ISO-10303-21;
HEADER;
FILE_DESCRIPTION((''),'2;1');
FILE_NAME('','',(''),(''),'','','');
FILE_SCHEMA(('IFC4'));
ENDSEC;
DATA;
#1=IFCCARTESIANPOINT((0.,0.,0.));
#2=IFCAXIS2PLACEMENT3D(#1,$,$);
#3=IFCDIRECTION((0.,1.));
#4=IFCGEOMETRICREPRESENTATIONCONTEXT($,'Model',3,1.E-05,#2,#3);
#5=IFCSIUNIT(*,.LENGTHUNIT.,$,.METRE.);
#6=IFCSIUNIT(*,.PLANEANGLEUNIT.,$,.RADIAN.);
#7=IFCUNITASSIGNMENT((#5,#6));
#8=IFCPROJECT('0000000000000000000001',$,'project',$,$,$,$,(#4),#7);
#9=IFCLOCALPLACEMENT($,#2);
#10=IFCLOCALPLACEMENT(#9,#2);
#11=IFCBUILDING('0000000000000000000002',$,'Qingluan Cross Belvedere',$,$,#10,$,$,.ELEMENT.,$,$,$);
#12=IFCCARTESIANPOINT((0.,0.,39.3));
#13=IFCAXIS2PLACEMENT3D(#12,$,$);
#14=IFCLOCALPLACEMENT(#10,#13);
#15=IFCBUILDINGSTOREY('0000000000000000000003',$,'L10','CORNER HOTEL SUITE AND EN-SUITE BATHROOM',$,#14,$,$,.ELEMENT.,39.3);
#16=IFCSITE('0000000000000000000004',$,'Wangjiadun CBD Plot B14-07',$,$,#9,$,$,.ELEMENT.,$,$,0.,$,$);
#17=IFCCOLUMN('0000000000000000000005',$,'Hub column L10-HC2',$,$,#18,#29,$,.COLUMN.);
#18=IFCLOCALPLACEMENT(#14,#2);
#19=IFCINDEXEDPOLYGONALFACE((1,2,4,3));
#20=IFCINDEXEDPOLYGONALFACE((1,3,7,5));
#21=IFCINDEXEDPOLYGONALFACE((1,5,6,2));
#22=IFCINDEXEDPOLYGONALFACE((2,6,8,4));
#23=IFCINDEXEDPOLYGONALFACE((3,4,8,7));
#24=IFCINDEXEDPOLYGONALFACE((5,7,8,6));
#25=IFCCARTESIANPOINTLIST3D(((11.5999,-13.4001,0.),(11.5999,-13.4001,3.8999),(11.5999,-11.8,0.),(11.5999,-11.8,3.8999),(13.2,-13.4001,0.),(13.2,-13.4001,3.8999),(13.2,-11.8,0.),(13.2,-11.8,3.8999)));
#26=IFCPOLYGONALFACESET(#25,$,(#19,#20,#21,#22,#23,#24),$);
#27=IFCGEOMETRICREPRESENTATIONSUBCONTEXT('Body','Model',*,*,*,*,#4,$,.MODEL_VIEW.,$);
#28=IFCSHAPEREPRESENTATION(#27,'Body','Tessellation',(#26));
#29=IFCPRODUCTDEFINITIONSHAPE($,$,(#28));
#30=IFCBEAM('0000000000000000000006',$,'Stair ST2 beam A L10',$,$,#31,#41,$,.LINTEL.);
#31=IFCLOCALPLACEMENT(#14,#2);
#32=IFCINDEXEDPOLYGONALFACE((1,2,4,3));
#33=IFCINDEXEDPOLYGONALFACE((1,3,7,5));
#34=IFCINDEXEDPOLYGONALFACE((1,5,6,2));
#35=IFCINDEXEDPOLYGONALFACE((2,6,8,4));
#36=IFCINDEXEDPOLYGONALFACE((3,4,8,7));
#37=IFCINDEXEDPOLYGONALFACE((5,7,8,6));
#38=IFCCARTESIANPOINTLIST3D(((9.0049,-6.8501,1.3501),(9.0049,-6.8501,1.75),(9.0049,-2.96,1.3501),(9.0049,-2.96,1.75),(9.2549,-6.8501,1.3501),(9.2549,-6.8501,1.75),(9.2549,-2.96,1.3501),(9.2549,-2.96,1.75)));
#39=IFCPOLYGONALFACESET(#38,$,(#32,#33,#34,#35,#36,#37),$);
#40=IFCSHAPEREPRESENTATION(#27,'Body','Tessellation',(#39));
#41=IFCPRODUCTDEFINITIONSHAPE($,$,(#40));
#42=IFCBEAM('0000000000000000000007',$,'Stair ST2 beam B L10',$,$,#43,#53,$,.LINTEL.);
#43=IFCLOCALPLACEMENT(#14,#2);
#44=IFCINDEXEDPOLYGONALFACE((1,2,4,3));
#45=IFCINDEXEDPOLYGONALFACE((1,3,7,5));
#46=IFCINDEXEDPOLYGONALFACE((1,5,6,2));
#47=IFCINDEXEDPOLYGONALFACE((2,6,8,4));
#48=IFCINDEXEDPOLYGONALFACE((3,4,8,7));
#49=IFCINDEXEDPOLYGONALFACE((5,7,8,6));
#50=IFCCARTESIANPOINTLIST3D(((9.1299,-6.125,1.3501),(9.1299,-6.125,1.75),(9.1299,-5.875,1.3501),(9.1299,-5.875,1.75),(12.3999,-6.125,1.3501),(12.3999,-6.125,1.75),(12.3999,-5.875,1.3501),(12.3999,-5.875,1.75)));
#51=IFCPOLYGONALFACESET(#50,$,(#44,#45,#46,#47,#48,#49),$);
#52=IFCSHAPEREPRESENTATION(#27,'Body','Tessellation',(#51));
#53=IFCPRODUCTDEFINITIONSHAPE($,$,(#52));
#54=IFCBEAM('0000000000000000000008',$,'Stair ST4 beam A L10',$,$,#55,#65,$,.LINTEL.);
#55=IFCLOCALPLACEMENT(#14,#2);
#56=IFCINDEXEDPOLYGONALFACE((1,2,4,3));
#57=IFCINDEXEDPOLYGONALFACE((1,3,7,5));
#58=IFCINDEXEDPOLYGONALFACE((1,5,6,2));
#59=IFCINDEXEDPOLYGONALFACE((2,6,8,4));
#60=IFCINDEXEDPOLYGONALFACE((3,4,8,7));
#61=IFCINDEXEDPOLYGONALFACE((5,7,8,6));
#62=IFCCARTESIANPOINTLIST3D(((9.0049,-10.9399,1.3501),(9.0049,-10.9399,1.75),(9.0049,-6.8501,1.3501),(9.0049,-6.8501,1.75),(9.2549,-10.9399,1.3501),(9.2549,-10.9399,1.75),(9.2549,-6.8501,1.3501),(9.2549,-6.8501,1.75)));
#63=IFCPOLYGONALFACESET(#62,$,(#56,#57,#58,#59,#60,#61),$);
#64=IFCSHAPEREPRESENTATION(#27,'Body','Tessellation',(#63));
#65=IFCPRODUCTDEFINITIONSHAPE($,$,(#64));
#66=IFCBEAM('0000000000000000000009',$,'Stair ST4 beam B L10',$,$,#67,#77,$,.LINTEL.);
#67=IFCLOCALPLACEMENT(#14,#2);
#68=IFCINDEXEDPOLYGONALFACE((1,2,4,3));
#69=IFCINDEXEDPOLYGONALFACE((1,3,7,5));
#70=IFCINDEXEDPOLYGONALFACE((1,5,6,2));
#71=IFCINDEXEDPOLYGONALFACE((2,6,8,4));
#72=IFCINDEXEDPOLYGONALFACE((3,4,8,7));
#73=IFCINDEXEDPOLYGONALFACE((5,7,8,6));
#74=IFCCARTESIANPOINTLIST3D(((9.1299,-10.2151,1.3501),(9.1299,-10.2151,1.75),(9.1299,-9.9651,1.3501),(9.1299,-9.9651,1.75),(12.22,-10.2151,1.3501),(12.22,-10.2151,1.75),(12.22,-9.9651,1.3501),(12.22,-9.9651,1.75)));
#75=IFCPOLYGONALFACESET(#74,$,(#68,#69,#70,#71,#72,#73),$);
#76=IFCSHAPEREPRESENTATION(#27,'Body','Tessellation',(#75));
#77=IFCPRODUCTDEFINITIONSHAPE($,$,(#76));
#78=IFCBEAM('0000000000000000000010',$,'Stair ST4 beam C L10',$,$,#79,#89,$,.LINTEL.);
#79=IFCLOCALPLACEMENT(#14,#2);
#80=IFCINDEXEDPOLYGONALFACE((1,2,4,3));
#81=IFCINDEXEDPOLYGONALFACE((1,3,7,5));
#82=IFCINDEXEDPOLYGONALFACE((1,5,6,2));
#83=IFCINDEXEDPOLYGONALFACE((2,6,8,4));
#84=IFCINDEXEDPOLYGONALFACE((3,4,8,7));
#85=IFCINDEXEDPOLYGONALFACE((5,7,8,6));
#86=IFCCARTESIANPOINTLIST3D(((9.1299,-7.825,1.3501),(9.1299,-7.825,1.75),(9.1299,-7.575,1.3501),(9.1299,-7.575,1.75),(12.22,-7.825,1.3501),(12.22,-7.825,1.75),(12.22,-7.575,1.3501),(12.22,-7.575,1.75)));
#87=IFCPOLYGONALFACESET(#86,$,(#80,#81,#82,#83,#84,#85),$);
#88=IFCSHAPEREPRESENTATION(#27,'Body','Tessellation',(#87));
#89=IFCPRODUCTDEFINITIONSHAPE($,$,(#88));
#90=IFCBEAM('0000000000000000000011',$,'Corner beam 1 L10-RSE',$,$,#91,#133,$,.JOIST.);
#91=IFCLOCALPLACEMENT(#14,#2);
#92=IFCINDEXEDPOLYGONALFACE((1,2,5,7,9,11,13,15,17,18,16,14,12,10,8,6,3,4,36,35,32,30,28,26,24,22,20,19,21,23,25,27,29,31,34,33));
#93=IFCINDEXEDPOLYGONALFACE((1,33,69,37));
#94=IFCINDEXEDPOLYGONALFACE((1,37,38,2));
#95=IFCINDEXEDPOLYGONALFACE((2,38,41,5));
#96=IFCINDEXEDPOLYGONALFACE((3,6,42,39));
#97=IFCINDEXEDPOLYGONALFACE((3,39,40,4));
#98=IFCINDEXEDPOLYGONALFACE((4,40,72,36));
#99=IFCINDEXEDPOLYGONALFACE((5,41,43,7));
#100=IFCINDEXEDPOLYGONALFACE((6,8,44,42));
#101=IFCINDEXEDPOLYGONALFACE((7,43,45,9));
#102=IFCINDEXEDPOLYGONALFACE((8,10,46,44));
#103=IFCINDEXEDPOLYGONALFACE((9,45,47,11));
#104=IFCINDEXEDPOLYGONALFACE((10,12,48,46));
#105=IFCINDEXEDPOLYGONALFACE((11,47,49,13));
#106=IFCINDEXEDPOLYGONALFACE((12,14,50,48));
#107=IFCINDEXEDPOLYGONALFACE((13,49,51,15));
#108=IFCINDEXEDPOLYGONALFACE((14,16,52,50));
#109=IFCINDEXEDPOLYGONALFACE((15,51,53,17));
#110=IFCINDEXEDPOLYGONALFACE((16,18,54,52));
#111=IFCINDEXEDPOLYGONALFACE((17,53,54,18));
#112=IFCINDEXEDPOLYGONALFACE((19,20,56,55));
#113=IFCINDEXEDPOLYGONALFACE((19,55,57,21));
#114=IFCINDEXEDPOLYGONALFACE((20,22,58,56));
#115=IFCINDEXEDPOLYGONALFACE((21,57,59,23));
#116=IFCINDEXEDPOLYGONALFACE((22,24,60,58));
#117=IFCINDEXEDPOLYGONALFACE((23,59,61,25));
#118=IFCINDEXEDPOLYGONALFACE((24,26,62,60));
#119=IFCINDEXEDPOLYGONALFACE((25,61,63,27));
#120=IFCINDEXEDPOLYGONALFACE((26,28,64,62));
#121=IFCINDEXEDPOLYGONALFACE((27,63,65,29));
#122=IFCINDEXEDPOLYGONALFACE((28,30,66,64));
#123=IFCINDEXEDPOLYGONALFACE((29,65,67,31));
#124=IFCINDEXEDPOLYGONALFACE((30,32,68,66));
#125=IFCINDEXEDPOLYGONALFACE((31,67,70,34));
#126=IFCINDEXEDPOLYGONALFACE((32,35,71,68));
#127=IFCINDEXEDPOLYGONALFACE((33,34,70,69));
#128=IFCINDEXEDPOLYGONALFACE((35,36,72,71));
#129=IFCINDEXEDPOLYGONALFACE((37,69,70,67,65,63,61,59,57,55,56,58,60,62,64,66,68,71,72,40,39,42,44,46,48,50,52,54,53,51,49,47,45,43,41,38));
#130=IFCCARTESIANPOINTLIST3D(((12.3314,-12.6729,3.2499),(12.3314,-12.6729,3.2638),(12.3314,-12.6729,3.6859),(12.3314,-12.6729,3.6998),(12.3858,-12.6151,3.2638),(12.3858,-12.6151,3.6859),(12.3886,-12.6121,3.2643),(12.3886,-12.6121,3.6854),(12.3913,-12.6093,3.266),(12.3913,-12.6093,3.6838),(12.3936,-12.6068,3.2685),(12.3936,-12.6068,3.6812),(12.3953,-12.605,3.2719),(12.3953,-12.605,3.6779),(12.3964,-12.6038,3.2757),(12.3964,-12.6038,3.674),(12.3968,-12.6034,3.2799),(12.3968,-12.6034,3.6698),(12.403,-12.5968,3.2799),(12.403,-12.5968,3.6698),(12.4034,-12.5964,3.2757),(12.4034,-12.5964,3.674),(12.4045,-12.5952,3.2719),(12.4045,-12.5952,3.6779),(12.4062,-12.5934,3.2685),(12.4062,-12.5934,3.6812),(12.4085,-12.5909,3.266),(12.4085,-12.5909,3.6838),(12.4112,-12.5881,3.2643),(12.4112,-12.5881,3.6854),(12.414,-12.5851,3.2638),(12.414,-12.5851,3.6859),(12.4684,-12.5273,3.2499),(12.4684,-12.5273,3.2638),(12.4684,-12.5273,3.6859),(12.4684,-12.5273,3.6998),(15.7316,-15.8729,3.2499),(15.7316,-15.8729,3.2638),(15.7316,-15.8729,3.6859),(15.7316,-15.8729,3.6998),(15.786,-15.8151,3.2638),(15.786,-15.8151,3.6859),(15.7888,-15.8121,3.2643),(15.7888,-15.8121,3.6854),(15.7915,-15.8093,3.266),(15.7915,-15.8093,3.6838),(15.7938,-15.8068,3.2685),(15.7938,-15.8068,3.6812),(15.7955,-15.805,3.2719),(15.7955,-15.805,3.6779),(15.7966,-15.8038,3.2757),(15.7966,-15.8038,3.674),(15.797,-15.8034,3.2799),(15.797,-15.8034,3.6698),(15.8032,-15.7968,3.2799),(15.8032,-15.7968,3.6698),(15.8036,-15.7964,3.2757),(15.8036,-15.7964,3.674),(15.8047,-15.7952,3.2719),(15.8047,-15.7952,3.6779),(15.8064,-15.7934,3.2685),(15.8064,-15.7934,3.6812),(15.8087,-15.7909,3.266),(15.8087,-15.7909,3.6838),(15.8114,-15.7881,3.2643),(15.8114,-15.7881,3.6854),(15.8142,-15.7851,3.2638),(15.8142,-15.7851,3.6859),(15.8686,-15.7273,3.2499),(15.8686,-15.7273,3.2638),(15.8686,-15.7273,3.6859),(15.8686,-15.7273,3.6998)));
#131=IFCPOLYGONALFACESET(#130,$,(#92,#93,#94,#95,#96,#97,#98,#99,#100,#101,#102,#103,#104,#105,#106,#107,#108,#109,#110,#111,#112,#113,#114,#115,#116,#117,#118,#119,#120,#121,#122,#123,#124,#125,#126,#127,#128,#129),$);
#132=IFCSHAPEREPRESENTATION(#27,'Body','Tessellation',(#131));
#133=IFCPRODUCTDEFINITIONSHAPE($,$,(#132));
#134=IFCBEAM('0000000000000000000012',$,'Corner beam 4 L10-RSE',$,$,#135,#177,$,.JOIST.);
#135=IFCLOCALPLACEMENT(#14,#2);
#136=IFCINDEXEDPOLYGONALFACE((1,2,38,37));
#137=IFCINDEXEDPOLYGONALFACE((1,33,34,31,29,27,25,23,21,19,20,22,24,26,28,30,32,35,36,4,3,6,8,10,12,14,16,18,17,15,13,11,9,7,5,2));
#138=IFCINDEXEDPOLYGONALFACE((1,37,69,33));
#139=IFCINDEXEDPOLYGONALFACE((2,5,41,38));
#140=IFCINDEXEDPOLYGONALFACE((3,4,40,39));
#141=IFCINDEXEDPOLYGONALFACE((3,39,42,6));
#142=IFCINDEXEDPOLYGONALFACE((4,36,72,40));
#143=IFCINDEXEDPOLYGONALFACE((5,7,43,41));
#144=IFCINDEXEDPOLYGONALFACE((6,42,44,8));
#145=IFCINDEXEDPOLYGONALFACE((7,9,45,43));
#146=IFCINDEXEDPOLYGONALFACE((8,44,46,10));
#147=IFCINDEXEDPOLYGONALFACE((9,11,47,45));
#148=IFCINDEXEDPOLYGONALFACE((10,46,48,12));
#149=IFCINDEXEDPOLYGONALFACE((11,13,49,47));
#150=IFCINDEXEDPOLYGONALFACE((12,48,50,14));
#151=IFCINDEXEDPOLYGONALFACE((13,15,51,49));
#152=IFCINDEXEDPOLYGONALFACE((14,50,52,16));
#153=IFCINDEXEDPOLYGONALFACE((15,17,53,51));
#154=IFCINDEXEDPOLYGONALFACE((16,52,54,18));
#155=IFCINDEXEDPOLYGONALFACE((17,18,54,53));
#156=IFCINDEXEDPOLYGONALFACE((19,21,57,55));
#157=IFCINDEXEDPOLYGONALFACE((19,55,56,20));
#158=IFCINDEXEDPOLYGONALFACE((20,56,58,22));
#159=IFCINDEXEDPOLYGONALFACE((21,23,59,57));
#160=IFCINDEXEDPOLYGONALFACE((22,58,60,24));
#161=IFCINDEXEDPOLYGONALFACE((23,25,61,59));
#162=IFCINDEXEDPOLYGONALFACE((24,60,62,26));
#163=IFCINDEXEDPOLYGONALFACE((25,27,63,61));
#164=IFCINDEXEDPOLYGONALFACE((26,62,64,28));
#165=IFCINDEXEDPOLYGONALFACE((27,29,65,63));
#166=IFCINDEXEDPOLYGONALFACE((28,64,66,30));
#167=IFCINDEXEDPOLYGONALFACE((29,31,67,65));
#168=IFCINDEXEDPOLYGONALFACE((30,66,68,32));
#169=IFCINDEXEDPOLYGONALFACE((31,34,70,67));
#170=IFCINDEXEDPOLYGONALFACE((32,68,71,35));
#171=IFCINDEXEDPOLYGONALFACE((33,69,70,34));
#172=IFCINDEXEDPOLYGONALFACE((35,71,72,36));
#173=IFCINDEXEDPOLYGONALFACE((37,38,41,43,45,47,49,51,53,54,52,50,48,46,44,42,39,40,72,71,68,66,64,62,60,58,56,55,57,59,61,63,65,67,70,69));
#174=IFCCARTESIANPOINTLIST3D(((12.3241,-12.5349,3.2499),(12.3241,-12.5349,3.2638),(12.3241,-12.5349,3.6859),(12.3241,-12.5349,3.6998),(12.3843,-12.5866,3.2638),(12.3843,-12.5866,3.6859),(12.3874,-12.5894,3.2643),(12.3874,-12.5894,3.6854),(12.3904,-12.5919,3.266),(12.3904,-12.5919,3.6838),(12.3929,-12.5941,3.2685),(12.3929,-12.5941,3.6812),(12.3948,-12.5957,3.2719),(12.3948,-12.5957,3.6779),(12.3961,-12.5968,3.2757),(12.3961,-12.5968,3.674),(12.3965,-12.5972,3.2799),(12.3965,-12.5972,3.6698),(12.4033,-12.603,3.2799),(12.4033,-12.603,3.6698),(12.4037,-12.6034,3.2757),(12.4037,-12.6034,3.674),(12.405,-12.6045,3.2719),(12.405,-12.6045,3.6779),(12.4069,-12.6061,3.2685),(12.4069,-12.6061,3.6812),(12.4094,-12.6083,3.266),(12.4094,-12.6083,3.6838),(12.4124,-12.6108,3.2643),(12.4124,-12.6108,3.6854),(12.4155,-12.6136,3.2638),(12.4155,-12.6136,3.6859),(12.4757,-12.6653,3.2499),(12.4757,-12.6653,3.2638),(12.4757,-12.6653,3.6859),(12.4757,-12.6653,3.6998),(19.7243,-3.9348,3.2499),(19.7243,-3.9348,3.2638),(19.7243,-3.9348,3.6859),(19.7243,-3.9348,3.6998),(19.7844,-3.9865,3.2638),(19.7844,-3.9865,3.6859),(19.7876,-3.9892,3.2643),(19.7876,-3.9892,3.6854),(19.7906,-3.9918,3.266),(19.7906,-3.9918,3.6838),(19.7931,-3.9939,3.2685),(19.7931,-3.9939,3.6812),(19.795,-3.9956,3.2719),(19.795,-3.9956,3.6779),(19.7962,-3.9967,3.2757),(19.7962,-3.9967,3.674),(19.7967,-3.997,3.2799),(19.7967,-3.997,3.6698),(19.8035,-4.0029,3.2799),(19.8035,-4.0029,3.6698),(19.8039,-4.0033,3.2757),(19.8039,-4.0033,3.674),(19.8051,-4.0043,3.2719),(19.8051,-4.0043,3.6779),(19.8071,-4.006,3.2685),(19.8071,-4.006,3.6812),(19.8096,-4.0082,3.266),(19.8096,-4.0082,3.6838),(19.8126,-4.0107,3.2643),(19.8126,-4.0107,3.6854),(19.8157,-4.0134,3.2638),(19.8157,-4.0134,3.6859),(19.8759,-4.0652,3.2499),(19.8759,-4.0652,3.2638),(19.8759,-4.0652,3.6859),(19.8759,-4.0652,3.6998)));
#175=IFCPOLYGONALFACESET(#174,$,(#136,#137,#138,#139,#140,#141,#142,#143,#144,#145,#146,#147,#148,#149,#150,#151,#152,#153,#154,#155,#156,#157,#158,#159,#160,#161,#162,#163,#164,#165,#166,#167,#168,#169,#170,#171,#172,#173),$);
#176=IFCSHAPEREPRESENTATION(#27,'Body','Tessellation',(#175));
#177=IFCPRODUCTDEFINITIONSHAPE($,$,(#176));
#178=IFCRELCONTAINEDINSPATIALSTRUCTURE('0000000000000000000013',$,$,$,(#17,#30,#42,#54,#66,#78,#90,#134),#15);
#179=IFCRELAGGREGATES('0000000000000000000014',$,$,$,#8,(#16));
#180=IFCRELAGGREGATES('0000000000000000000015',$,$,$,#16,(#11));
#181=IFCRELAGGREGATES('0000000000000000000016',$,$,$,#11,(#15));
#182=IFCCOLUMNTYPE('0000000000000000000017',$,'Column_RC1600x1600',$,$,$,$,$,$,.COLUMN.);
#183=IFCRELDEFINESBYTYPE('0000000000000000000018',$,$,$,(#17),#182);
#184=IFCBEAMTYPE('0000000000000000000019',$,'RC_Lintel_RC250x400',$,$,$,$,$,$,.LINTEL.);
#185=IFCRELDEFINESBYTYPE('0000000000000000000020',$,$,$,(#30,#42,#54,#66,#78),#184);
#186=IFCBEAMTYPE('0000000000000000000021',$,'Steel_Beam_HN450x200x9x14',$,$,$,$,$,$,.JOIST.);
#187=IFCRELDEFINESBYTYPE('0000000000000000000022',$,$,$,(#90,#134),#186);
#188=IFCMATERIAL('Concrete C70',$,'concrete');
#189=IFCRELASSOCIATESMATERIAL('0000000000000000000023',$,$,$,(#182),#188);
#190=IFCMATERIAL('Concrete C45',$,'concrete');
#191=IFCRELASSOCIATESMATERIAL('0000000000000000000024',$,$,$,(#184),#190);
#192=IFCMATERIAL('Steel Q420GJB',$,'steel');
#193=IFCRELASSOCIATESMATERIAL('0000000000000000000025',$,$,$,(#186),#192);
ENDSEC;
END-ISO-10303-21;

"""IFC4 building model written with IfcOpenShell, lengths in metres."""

from ifc_helpers import new_model, si_unit, direction, frame, origin, origin_2d, place, context, subcontext, project, spatial, rectangle, i_section, extrude, material, material_profile, profile_set, type_object, element, save


model = new_model("IFC4")

# Units and contexts
model_context = context("Model", 3, precision=1e-05, world=origin(), true_north=direction((0.0, 1.0)))
body_context = subcontext(model_context, "Body", "Model", "MODEL_VIEW")
ifc_project = project(units=[si_unit("LENGTHUNIT", "METRE"), si_unit("PLANEANGLEUNIT", "RADIAN")], contexts=[model_context])

# Site, building, storey
site_placement = place(None, origin())
site = spatial("IfcSite", under=ifc_project, at=site_placement, Name="Wangjiadun CBD Plot B14-07", CompositionType="ELEMENT", RefElevation=0.0)
building_placement = place(site_placement, origin())
building = spatial("IfcBuilding", under=site, at=building_placement, Name="Qingluan Cross Belvedere", CompositionType="ELEMENT")
storey_placement = place(building_placement, frame((0.0, 0.0, 39.3)))
storey = spatial("IfcBuildingStorey", under=building, at=storey_placement, Name="L10", Description="CORNER HOTEL SUITE AND EN-SUITE BATHROOM", CompositionType="ELEMENT", Elevation=39.3)

# Column
ifc_material_1 = material(Name="Concrete C70", Category="concrete")
ifc_material_profile_1 = material_profile(ifc_material_1, rectangle(XDim=1.6001, YDim=1.6001, at=origin_2d()), Name="RC1600x1600")
ifc_profile_set_1 = profile_set([ifc_material_profile_1], Name="Concrete C70")
column_type = type_object("IfcColumnType", Name="Column_RC1600x1600", PredefinedType="COLUMN", material=ifc_profile_set_1)
column_placement = place(storey_placement, frame((12.3999, -12.6001, 0.0), z_axis=(0.0, 0.0, 1.0), x_axis=(1.0, 0.0, 0.0)))
element("IfcColumn", 1, at=column_placement, inside=storey, type_object=column_type, Name="Hub column L10-HC2", PredefinedType="COLUMN", context=body_context, shape_type="SweptSolid", body=[
    extrude(rectangle(XDim=1.6001, YDim=1.6001, at=origin_2d()), origin(), (0.0, 0.0, 1.0), 3.8999),
])

# Beams
ifc_material_2 = material(Name="Concrete C45", Category="concrete")
ifc_material_profile_2 = material_profile(ifc_material_2, rectangle(XDim=0.25, YDim=0.3999, at=origin_2d()), Name="RC250x400")
ifc_profile_set_2 = profile_set([ifc_material_profile_2], Name="Concrete C45")
beam_type_1 = type_object("IfcBeamType", Name="RC_Lintel_RC250x400", PredefinedType="LINTEL", material=ifc_profile_set_2)
beam_1_placement = place(storey_placement, frame((9.1299, -6.8501, 1.55), z_axis=(0.0, 1.0, 0.0), x_axis=(-1.0, 0.0, 0.0)))
element("IfcBeam", 2, at=beam_1_placement, inside=storey, type_object=beam_type_1, Name="Stair ST2 beam A L10", PredefinedType="LINTEL", context=body_context, shape_type="SweptSolid", body=[
    extrude(rectangle(XDim=0.25, YDim=0.3999, at=origin_2d()), origin(), (0.0, 0.0, 1.0), 3.8901),
])
beam_2_placement = place(storey_placement, frame((12.3999, -6.0, 1.55), z_axis=(-1.0, 0.0, 0.0), x_axis=(0.0, -1.0, 0.0)))
element("IfcBeam", 3, at=beam_2_placement, inside=storey, type_object=beam_type_1, Name="Stair ST2 beam B L10", PredefinedType="LINTEL", context=body_context, shape_type="SweptSolid", body=[
    extrude(rectangle(XDim=0.25, YDim=0.3999, at=origin_2d()), origin(), (0.0, 0.0, 1.0), 3.27),
])
beam_3_placement = place(storey_placement, frame((9.1299, -10.9399, 1.55), z_axis=(0.0, 1.0, 0.0), x_axis=(-1.0, 0.0, 0.0)))
element("IfcBeam", 4, at=beam_3_placement, inside=storey, type_object=beam_type_1, Name="Stair ST4 beam A L10", PredefinedType="LINTEL", context=body_context, shape_type="SweptSolid", body=[
    extrude(rectangle(XDim=0.25, YDim=0.3999, at=origin_2d()), origin(), (0.0, 0.0, 1.0), 4.0898),
])
for number, where, z_axis, x_axis, name in (
    (5, (12.22, -10.0901, 1.55), (-1.0, 0.0, 0.0), (0.0, -1.0, 0.0), "Stair ST4 beam B L10"),
    (6, (12.22, -7.7, 1.55), (-1.0, 0.0, 0.0), (0.0, -1.0, 0.0), "Stair ST4 beam C L10"),
):
    element("IfcBeam", number, at=place(storey_placement, frame(where, z_axis=z_axis, x_axis=x_axis)), inside=storey, type_object=beam_type_1, Name=name, PredefinedType="LINTEL", context=body_context, shape_type="SweptSolid", body=[
        extrude(rectangle(XDim=0.25, YDim=0.3999, at=origin_2d()), origin(), (0.0, 0.0, 1.0), 3.0901),
    ])
ifc_material_3 = material(Name="Steel Q420GJB", Category="steel")
ifc_material_profile_3 = material_profile(ifc_material_3, i_section(OverallWidth=0.2, OverallDepth=0.45, WebThickness=0.009, FlangeThickness=0.0139, FilletRadius=0.0161, at=origin_2d()), Name="HN450x200x9x14")
ifc_profile_set_3 = profile_set([ifc_material_profile_3], Name="Steel Q420GJB")
beam_type_2 = type_object("IfcBeamType", Name="Steel_Beam_HN450x200x9x14", PredefinedType="JOIST", material=ifc_profile_set_3)
beam_4_placement = place(storey_placement, frame((12.3999, -12.6001, 3.4749), z_axis=(0.72822, -0.685343, 0.0), x_axis=(0.685343, 0.72822, 0.0)))
element("IfcBeam", 7, at=beam_4_placement, inside=storey, type_object=beam_type_2, Name="Corner beam 1 L10-RSE", PredefinedType="JOIST", context=body_context, shape_type="SweptSolid", body=[
    extrude(i_section(OverallWidth=0.2, OverallDepth=0.45, WebThickness=0.009, FlangeThickness=0.0139, FilletRadius=0.0161, at=origin_2d()), origin(), (0.0, 0.0, 1.0), 4.6692),
])
beam_5_placement = place(storey_placement, frame((12.3999, -12.6001, 3.4749), z_axis=(0.652245, 0.758008, 0.0), x_axis=(-0.758008, 0.652245, 0.0)))
element("IfcBeam", 8, at=beam_5_placement, inside=storey, type_object=beam_type_2, Name="Corner beam 4 L10-RSE", PredefinedType="JOIST", context=body_context, shape_type="SweptSolid", body=[
    extrude(i_section(OverallWidth=0.2, OverallDepth=0.45, WebThickness=0.009, FlangeThickness=0.0139, FilletRadius=0.0161, at=origin_2d()), origin(), (0.0, 0.0, 1.0), 11.3457),
])

save(model, "model.ifc")
